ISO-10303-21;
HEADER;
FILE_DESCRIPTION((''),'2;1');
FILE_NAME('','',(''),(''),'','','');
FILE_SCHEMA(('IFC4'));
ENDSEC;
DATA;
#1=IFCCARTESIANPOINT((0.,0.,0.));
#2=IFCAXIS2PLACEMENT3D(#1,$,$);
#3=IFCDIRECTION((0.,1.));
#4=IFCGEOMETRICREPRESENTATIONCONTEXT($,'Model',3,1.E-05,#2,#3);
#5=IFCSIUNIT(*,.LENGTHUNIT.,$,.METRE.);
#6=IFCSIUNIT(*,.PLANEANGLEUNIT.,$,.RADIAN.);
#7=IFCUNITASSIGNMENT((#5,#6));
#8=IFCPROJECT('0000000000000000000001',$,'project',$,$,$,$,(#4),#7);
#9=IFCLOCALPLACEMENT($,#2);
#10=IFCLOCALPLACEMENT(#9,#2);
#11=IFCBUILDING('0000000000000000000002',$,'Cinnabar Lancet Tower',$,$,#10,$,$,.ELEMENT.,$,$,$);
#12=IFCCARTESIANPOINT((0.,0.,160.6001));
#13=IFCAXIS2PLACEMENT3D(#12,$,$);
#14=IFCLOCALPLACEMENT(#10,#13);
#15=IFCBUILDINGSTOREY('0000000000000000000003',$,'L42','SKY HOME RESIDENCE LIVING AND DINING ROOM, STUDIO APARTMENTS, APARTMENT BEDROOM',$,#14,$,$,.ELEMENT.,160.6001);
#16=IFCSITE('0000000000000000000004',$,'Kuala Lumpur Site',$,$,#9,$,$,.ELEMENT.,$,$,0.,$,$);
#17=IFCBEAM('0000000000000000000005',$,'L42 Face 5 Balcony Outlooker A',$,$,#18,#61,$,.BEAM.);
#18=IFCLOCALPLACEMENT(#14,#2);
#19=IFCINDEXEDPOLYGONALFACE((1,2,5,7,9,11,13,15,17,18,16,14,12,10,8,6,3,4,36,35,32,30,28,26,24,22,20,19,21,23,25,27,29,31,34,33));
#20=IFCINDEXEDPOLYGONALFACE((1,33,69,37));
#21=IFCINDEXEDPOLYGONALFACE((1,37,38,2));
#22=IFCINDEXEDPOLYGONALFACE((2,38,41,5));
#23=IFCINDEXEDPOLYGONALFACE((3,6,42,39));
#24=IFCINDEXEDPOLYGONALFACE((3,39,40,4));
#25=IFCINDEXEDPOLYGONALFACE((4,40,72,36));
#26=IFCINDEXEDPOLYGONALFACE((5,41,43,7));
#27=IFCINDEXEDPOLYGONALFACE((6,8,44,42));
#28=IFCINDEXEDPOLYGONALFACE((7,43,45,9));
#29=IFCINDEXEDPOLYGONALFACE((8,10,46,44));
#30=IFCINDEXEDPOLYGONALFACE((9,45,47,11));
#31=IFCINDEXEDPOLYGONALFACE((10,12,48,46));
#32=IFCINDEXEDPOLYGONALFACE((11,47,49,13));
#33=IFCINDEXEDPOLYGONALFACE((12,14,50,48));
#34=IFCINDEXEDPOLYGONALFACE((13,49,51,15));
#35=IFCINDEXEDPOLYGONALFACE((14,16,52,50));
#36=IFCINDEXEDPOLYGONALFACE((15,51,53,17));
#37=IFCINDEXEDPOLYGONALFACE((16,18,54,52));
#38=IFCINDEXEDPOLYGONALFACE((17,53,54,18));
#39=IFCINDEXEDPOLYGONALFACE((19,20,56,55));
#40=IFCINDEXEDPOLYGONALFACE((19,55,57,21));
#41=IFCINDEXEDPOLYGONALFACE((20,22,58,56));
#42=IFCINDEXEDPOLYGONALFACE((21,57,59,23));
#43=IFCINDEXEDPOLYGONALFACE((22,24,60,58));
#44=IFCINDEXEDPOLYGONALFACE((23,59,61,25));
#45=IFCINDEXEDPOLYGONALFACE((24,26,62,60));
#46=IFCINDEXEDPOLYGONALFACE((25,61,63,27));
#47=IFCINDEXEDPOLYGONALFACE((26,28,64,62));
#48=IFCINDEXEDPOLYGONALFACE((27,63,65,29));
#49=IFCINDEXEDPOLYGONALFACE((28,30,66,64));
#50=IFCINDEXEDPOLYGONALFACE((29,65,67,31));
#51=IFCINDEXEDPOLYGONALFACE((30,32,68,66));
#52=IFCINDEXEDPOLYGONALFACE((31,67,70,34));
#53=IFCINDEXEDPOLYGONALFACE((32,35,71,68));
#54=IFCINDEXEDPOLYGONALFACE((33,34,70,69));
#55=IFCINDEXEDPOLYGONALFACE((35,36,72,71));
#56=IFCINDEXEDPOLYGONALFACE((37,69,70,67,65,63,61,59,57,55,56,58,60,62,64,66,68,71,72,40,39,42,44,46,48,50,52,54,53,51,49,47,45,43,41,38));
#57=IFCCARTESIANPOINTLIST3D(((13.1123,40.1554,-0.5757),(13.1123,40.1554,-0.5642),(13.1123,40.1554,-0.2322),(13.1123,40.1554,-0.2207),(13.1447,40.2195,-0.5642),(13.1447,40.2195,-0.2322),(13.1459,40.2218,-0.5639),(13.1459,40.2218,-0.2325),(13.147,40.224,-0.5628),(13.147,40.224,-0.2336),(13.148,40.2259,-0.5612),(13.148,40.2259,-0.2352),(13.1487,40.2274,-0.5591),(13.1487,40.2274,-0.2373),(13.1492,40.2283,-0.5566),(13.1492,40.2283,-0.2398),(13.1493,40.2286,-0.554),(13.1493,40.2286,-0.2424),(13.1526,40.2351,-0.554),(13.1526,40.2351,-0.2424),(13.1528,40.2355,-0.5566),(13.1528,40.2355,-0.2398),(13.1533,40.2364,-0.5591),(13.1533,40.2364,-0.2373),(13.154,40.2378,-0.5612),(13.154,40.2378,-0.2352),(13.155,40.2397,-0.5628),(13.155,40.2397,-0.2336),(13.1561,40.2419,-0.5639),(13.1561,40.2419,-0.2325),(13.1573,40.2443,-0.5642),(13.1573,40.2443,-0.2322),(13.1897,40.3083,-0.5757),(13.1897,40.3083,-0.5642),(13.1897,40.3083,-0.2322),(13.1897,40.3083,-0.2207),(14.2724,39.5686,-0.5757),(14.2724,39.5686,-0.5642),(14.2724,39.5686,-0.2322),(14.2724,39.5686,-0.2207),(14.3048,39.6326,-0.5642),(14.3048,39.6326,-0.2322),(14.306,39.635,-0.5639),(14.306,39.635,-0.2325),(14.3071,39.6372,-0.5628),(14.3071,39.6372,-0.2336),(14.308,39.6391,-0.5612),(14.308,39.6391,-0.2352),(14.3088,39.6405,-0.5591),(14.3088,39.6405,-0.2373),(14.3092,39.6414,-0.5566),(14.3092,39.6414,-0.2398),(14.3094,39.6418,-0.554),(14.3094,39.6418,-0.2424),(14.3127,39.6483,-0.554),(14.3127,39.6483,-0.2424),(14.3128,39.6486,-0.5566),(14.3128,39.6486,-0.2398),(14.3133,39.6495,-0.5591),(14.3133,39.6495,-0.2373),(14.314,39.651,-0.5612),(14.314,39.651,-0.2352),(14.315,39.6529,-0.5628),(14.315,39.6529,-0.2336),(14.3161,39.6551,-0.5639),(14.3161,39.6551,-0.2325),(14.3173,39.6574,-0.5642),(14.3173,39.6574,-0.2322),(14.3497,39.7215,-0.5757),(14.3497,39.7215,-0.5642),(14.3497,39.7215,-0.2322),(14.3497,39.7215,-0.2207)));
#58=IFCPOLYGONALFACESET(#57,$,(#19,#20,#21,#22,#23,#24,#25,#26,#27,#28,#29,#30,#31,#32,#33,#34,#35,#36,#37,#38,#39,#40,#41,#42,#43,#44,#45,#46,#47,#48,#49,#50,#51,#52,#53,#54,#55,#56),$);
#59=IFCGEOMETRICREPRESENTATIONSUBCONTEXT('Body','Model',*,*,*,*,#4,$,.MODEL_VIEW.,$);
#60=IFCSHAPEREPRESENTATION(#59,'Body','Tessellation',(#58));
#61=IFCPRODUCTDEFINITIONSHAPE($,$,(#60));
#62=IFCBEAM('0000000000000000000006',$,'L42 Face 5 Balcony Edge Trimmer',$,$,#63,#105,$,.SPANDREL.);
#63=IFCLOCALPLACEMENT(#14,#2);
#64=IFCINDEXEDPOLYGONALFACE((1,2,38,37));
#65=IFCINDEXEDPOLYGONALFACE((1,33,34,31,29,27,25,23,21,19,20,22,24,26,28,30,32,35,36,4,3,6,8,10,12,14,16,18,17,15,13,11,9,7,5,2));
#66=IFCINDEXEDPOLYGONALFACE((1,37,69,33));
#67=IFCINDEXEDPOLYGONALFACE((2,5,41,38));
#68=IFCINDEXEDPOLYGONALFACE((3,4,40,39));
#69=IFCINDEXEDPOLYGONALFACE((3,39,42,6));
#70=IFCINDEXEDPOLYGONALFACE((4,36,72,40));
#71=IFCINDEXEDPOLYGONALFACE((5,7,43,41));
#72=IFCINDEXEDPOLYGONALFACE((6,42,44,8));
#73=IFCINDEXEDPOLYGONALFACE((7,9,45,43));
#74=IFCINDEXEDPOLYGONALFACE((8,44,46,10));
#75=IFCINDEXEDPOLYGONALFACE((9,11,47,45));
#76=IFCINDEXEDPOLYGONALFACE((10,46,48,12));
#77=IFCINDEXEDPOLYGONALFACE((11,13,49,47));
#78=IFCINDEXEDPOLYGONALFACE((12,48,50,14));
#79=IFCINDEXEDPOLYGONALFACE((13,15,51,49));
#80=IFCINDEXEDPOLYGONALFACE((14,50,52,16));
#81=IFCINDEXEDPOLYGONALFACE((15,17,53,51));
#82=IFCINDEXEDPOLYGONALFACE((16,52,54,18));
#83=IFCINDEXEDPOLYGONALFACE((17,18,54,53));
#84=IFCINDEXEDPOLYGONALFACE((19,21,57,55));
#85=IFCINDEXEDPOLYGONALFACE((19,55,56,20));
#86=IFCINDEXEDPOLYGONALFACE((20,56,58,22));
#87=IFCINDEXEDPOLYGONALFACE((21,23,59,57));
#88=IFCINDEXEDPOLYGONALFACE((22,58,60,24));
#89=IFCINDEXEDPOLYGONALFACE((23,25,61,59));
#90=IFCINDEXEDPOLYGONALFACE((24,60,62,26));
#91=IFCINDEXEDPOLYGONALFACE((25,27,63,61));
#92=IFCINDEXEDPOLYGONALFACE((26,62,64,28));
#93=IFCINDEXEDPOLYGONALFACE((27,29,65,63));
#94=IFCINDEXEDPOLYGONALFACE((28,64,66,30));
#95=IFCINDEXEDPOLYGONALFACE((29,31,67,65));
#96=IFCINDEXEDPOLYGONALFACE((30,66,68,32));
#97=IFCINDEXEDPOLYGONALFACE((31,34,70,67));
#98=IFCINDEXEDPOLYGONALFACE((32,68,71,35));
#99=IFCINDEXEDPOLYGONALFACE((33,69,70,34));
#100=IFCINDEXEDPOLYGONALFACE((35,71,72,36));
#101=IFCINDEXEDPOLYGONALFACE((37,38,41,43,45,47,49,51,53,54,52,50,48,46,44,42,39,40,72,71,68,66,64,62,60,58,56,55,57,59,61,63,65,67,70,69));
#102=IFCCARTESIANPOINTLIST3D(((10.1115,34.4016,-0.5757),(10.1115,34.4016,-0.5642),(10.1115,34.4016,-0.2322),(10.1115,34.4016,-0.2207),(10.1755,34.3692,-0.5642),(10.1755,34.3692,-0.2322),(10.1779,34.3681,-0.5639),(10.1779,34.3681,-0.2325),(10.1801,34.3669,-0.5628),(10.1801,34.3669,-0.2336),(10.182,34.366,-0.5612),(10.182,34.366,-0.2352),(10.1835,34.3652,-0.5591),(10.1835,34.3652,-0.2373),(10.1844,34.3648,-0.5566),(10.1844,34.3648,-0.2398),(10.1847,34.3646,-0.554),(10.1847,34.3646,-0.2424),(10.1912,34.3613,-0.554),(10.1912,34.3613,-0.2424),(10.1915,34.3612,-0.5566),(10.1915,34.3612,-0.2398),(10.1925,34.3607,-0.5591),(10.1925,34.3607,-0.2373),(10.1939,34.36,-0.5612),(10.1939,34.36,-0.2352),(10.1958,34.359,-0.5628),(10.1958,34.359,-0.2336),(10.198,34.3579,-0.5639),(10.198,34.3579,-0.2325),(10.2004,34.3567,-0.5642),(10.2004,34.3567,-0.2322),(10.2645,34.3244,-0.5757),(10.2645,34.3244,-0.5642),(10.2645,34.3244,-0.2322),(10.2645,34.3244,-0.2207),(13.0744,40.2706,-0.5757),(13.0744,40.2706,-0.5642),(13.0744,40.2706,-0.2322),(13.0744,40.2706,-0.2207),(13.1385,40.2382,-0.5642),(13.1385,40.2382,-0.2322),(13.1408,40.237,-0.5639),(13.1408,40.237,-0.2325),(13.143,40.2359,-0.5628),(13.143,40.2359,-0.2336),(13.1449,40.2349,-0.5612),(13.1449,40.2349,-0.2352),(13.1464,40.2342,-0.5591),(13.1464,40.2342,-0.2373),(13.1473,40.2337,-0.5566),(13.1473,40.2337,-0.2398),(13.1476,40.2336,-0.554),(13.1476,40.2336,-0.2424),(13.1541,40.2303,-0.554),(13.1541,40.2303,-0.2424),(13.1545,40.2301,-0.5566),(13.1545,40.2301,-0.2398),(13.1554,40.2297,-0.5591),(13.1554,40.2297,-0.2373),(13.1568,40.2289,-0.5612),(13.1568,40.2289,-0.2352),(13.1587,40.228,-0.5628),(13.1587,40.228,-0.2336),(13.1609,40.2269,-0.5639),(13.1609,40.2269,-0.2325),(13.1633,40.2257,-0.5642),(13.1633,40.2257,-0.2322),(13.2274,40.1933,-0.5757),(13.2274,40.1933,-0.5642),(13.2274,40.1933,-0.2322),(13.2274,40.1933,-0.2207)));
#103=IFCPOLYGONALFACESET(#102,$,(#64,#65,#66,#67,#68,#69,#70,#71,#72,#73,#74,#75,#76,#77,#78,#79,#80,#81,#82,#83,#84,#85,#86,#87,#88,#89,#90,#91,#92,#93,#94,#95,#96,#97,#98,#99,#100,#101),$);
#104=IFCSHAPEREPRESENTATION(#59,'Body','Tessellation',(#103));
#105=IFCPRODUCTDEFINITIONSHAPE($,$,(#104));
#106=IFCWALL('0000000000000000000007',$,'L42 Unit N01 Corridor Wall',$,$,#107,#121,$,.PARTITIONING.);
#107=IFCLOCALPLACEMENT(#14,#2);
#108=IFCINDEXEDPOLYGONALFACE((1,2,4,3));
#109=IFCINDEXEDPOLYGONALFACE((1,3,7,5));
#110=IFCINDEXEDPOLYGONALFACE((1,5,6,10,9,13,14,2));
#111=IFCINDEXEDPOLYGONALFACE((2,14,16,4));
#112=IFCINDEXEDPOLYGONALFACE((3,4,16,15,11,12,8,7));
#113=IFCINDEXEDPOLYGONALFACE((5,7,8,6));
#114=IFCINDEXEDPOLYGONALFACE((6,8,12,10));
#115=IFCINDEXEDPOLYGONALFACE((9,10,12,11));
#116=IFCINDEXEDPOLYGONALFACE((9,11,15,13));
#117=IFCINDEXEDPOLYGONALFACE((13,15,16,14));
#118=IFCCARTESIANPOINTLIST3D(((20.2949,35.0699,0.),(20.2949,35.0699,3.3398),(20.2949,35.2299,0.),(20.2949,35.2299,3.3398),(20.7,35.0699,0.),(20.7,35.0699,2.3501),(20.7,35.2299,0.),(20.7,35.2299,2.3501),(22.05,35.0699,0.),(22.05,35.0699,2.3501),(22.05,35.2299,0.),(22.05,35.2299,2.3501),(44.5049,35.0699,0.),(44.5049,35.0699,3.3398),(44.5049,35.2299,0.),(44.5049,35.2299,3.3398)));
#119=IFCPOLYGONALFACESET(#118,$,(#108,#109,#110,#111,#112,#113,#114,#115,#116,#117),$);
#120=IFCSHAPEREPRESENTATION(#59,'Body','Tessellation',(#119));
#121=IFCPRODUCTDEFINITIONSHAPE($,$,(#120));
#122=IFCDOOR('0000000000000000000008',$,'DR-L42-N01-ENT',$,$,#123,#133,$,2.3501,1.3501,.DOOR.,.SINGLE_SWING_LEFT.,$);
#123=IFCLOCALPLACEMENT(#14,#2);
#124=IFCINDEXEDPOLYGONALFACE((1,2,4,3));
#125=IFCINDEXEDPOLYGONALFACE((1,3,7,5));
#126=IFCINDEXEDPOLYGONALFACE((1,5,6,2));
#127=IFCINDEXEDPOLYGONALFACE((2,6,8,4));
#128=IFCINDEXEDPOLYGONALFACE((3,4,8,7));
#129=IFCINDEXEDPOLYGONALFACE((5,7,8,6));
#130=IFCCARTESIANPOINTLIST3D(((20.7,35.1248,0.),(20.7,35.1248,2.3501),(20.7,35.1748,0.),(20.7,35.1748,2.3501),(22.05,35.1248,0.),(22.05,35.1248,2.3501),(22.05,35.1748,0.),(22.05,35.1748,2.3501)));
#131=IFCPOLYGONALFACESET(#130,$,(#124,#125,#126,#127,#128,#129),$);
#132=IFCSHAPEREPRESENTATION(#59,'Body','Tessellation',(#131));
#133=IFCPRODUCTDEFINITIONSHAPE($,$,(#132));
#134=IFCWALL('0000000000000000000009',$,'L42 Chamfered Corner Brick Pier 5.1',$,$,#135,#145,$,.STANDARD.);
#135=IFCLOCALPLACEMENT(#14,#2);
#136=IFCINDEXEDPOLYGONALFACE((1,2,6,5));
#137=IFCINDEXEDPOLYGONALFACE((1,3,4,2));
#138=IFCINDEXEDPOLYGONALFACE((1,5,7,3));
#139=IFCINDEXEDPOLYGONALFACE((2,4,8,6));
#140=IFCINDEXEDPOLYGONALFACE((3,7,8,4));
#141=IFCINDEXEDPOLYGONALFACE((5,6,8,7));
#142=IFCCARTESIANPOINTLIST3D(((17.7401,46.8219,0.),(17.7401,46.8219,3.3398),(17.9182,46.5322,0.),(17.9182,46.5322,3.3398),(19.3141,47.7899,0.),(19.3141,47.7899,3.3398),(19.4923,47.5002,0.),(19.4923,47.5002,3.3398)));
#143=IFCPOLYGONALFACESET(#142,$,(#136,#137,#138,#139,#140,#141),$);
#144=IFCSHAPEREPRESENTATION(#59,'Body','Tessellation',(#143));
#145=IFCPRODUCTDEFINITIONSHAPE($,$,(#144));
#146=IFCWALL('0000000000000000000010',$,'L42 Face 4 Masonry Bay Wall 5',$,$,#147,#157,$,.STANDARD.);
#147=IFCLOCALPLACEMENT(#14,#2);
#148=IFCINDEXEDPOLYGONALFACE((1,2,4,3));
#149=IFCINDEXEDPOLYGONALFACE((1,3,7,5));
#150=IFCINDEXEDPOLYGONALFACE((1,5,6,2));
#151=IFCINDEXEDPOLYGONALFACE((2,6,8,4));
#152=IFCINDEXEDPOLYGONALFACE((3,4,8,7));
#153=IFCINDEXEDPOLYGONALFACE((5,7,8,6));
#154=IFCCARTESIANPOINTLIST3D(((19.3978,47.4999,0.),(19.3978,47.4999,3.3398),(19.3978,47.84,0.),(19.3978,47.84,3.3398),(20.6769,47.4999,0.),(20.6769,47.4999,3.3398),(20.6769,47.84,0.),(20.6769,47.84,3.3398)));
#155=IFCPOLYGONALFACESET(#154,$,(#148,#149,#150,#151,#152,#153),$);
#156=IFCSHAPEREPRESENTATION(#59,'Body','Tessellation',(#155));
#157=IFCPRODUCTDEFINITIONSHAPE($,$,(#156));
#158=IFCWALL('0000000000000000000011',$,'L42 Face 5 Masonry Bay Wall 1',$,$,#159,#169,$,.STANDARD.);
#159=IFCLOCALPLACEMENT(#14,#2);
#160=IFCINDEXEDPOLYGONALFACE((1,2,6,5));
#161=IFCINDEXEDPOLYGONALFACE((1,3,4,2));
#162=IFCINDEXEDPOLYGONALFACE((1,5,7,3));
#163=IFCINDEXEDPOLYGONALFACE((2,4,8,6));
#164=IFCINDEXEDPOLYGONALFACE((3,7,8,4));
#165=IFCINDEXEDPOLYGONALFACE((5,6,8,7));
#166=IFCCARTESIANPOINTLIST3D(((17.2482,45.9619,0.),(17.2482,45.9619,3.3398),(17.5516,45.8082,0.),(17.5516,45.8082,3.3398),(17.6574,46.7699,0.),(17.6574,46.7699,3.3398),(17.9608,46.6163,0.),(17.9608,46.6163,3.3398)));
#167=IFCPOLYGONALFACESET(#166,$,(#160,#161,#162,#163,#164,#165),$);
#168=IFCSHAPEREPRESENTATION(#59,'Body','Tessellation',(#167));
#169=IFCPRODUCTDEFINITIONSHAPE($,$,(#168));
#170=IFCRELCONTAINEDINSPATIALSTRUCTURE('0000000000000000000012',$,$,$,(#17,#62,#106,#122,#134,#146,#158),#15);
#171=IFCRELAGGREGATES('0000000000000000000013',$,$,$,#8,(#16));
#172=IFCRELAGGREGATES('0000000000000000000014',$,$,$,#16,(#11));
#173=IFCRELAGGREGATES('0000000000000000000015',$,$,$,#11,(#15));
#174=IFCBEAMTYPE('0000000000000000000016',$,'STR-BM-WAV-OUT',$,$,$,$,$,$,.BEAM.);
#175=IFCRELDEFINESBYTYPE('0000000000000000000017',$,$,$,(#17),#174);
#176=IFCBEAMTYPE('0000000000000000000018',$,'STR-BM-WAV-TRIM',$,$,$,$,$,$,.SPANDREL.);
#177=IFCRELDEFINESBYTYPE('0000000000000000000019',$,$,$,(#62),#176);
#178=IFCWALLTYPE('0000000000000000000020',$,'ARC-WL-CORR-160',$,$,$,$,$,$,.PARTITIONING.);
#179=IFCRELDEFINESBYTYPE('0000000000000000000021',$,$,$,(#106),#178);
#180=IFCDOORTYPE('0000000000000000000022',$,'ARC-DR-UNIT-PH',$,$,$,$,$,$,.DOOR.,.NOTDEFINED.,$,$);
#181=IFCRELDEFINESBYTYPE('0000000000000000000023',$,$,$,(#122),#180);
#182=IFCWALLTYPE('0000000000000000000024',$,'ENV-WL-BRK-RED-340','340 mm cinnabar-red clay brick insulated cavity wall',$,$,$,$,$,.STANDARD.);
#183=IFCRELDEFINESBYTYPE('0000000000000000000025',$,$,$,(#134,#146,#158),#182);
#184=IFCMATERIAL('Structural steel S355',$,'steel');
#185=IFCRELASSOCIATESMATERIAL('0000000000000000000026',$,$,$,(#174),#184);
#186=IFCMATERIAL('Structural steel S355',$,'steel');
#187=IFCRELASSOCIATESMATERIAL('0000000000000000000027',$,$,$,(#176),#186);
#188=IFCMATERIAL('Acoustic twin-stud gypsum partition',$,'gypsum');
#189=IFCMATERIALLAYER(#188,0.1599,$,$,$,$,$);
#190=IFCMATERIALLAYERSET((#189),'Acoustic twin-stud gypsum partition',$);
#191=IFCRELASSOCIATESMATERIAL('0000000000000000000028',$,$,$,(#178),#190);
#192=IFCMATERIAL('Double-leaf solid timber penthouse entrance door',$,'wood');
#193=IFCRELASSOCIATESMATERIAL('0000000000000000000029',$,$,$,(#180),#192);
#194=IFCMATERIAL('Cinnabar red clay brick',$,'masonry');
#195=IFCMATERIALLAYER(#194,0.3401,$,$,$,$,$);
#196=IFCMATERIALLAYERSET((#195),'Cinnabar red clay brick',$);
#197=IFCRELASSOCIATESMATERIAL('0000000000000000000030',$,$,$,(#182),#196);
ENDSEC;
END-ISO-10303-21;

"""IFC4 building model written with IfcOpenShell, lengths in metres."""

from ifc_helpers import new_model, si_unit, direction, frame, frame_2d, origin, origin_2d, place, context, subcontext, project, spatial, rectangle, i_section, extrude, material, layer, layer_set, material_profile, profile_set, type_object, element, fill, save


model = new_model("IFC4")

# Units and contexts
model_context = context("Model", 3, precision=1e-05, world=origin(), true_north=direction((0.0, 1.0)))
body_context = subcontext(model_context, "Body", "Model", "MODEL_VIEW")
ifc_project = project(units=[si_unit("LENGTHUNIT", "METRE"), si_unit("PLANEANGLEUNIT", "RADIAN")], contexts=[model_context])

# Site, building, storey
site_placement = place(None, origin())
site = spatial("IfcSite", under=ifc_project, at=site_placement, Name="Kuala Lumpur Site", CompositionType="ELEMENT", RefElevation=0.0)
building_placement = place(site_placement, origin())
building = spatial("IfcBuilding", under=site, at=building_placement, Name="Cinnabar Lancet Tower", CompositionType="ELEMENT")
storey_placement = place(building_placement, frame((0.0, 0.0, 160.6001)))
storey = spatial("IfcBuildingStorey", under=building, at=storey_placement, Name="L42", Description="SKY HOME RESIDENCE LIVING AND DINING ROOM, STUDIO APARTMENTS, APARTMENT BEDROOM", CompositionType="ELEMENT", Elevation=160.6001)

# Beams
ifc_material_1 = material(Name="Structural steel S355", Category="steel")
ifc_material_profile_1 = material_profile(ifc_material_1, i_section(OverallWidth=0.1714, OverallDepth=0.355, WebThickness=0.0073, FlangeThickness=0.0115, FilletRadius=0.0103, at=origin_2d()), Name="UKB 356x171x51")
ifc_profile_set_1 = profile_set([ifc_material_profile_1], Name="Structural steel S355")
beam_type_1 = type_object("IfcBeamType", Name="STR-BM-WAV-OUT", PredefinedType="BEAM", material=ifc_profile_set_1)
beam_1_placement = place(storey_placement, frame((14.311, 39.645, -0.3982), z_axis=(-0.892314, 0.451415, 0.0), x_axis=(-0.451415, -0.892314, 0.0)))
element("IfcBeam", 1, at=beam_1_placement, inside=storey, type_object=beam_type_1, Name="L42 Face 5 Balcony Outlooker A", PredefinedType="BEAM", context=body_context, shape_type="SweptSolid", body=[
    extrude(i_section(OverallWidth=0.1714, OverallDepth=0.355, WebThickness=0.0073, FlangeThickness=0.0115, FilletRadius=0.0103, at=origin_2d()), origin(), (0.0, 0.0, 1.0), 1.3),
])
ifc_material_2 = material(Name="Structural steel S355", Category="steel")
ifc_material_profile_2 = material_profile(ifc_material_2, i_section(OverallWidth=0.1714, OverallDepth=0.355, WebThickness=0.0073, FlangeThickness=0.0115, FilletRadius=0.0103, at=origin_2d()), Name="UKB 356x171x51")
ifc_profile_set_2 = profile_set([ifc_material_profile_2], Name="Structural steel S355")
beam_type_2 = type_object("IfcBeamType", Name="STR-BM-WAV-TRIM", PredefinedType="SPANDREL", material=ifc_profile_set_2)
beam_2_placement = place(storey_placement, frame((13.1509, 40.2319, -0.3982), z_axis=(-0.450671, -0.89269, 0.0), x_axis=(0.89269, -0.450671, 0.0)))
element("IfcBeam", 2, at=beam_2_placement, inside=storey, type_object=beam_type_2, Name="L42 Face 5 Balcony Edge Trimmer", PredefinedType="SPANDREL", context=body_context, shape_type="SweptSolid", body=[
    extrude(i_section(OverallWidth=0.1714, OverallDepth=0.355, WebThickness=0.0073, FlangeThickness=0.0115, FilletRadius=0.0103, at=origin_2d()), origin(), (0.0, 0.0, 1.0), 6.5745),
])

# Wall, opening, door
ifc_material_3 = material(Name="Acoustic twin-stud gypsum partition", Category="gypsum")
ifc_layer_1 = layer(ifc_material_3, 0.1599)
ifc_layer_set_1 = layer_set([ifc_layer_1], Name="Acoustic twin-stud gypsum partition")
wall_type_1 = type_object("IfcWallType", Name="ARC-WL-CORR-160", PredefinedType="PARTITIONING", material=ifc_layer_set_1)
wall_1_placement = place(storey_placement, frame((20.2949, 35.1499, 0.0), z_axis=(0.0, 0.0, 1.0), x_axis=(1.0, 0.0, 0.0)))
wall_1 = element("IfcWall", 3, at=wall_1_placement, inside=storey, type_object=wall_type_1, Name="L42 Unit N01 Corridor Wall", PredefinedType="PARTITIONING", context=body_context, shape_type="SweptSolid", body=[
    extrude(rectangle(XDim=24.21, YDim=0.1599, at=frame_2d((12.105, 0.0))), origin(), (0.0, 0.0, 1.0), 3.3398),
])
opening_1_placement = place(wall_1_placement, frame((0.405, 0.0, 0.0)))
opening_1 = element("IfcOpeningElement", 4, at=opening_1_placement, cuts=wall_1, PredefinedType="OPENING", context=body_context, shape_type="SweptSolid", body=[
    extrude(rectangle(XDim=1.3501, YDim=2.3501, at=frame_2d((0.675, 1.175))), frame((0.0, 0.0898, 0.0), z_axis=(0.0, -1.0, 0.0), x_axis=(1.0, 0.0, 0.0)), (0.0, 0.0, 1.0), 0.1799),
])
ifc_material_4 = material(Name="Double-leaf solid timber penthouse entrance door", Category="wood")
door_type_1 = type_object("IfcDoorType", Name="ARC-DR-UNIT-PH", OperationType="NOTDEFINED", PredefinedType="DOOR", material=ifc_material_4)
door_1_placement = place(opening_1_placement, origin())
door_1 = element("IfcDoor", 5, at=door_1_placement, inside=storey, type_object=door_type_1, Name="DR-L42-N01-ENT", OperationType="SINGLE_SWING_LEFT", OverallHeight=2.3501, OverallWidth=1.3501, PredefinedType="DOOR", context=body_context, shape_type="SweptSolid", body=[
    extrude(rectangle(XDim=1.3501, YDim=2.3501, at=frame_2d((0.675, 1.175))), frame((0.0, 0.0249, 0.0), z_axis=(0.0, -1.0, 0.0), x_axis=(1.0, 0.0, 0.0)), (0.0, 0.0, 1.0), 0.05),
])
fill(opening_1, door_1)

# Walls
ifc_material_5 = material(Name="Cinnabar red clay brick", Category="masonry")
ifc_layer_2 = layer(ifc_material_5, 0.3401)
ifc_layer_set_2 = layer_set([ifc_layer_2], Name="Cinnabar red clay brick")
wall_type_2 = type_object("IfcWallType", Name="ENV-WL-BRK-RED-340", Description="340 mm cinnabar-red clay brick insulated cavity wall", PredefinedType="STANDARD", material=ifc_layer_set_2)
wall_2_placement = place(storey_placement, frame((19.4031, 47.645, 0.0), z_axis=(0.0, 0.0, 1.0), x_axis=(-0.851799, -0.523869, 0.0)))
element("IfcWall", 6, at=wall_2_placement, inside=storey, type_object=wall_type_2, Name="L42 Chamfered Corner Brick Pier 5.1", PredefinedType="STANDARD", context=body_context, shape_type="SweptSolid", body=[
    extrude(rectangle(XDim=1.8479, YDim=0.3401, at=frame_2d((0.9238, 0.0))), origin(), (0.0, 0.0, 1.0), 3.3398),
])
wall_3_placement = place(storey_placement, frame((20.677, 47.6699, 0.0), z_axis=(0.0, 0.0, 1.0), x_axis=(-1.0, 0.0, 0.0)))
element("IfcWall", 7, at=wall_3_placement, inside=storey, type_object=wall_type_2, Name="L42 Face 4 Masonry Bay Wall 5", PredefinedType="STANDARD", context=body_context, shape_type="SweptSolid", body=[
    extrude(rectangle(XDim=1.2791, YDim=0.3401, at=frame_2d((0.6396, 0.0))), origin(), (0.0, 0.0, 1.0), 3.3398),
])
wall_4_placement = place(storey_placement, frame((17.8091, 46.6931, 0.0), z_axis=(0.0, 0.0, 1.0), x_axis=(-0.451736, -0.892152, 0.0)))
element("IfcWall", 8, at=wall_4_placement, inside=storey, type_object=wall_type_2, Name="L42 Face 5 Masonry Bay Wall 1", PredefinedType="STANDARD", context=body_context, shape_type="SweptSolid", body=[
    extrude(rectangle(XDim=0.9058, YDim=0.3401, at=frame_2d((0.4529, 0.0))), origin(), (0.0, 0.0, 1.0), 3.3398),
])

save(model, "model.ifc")
